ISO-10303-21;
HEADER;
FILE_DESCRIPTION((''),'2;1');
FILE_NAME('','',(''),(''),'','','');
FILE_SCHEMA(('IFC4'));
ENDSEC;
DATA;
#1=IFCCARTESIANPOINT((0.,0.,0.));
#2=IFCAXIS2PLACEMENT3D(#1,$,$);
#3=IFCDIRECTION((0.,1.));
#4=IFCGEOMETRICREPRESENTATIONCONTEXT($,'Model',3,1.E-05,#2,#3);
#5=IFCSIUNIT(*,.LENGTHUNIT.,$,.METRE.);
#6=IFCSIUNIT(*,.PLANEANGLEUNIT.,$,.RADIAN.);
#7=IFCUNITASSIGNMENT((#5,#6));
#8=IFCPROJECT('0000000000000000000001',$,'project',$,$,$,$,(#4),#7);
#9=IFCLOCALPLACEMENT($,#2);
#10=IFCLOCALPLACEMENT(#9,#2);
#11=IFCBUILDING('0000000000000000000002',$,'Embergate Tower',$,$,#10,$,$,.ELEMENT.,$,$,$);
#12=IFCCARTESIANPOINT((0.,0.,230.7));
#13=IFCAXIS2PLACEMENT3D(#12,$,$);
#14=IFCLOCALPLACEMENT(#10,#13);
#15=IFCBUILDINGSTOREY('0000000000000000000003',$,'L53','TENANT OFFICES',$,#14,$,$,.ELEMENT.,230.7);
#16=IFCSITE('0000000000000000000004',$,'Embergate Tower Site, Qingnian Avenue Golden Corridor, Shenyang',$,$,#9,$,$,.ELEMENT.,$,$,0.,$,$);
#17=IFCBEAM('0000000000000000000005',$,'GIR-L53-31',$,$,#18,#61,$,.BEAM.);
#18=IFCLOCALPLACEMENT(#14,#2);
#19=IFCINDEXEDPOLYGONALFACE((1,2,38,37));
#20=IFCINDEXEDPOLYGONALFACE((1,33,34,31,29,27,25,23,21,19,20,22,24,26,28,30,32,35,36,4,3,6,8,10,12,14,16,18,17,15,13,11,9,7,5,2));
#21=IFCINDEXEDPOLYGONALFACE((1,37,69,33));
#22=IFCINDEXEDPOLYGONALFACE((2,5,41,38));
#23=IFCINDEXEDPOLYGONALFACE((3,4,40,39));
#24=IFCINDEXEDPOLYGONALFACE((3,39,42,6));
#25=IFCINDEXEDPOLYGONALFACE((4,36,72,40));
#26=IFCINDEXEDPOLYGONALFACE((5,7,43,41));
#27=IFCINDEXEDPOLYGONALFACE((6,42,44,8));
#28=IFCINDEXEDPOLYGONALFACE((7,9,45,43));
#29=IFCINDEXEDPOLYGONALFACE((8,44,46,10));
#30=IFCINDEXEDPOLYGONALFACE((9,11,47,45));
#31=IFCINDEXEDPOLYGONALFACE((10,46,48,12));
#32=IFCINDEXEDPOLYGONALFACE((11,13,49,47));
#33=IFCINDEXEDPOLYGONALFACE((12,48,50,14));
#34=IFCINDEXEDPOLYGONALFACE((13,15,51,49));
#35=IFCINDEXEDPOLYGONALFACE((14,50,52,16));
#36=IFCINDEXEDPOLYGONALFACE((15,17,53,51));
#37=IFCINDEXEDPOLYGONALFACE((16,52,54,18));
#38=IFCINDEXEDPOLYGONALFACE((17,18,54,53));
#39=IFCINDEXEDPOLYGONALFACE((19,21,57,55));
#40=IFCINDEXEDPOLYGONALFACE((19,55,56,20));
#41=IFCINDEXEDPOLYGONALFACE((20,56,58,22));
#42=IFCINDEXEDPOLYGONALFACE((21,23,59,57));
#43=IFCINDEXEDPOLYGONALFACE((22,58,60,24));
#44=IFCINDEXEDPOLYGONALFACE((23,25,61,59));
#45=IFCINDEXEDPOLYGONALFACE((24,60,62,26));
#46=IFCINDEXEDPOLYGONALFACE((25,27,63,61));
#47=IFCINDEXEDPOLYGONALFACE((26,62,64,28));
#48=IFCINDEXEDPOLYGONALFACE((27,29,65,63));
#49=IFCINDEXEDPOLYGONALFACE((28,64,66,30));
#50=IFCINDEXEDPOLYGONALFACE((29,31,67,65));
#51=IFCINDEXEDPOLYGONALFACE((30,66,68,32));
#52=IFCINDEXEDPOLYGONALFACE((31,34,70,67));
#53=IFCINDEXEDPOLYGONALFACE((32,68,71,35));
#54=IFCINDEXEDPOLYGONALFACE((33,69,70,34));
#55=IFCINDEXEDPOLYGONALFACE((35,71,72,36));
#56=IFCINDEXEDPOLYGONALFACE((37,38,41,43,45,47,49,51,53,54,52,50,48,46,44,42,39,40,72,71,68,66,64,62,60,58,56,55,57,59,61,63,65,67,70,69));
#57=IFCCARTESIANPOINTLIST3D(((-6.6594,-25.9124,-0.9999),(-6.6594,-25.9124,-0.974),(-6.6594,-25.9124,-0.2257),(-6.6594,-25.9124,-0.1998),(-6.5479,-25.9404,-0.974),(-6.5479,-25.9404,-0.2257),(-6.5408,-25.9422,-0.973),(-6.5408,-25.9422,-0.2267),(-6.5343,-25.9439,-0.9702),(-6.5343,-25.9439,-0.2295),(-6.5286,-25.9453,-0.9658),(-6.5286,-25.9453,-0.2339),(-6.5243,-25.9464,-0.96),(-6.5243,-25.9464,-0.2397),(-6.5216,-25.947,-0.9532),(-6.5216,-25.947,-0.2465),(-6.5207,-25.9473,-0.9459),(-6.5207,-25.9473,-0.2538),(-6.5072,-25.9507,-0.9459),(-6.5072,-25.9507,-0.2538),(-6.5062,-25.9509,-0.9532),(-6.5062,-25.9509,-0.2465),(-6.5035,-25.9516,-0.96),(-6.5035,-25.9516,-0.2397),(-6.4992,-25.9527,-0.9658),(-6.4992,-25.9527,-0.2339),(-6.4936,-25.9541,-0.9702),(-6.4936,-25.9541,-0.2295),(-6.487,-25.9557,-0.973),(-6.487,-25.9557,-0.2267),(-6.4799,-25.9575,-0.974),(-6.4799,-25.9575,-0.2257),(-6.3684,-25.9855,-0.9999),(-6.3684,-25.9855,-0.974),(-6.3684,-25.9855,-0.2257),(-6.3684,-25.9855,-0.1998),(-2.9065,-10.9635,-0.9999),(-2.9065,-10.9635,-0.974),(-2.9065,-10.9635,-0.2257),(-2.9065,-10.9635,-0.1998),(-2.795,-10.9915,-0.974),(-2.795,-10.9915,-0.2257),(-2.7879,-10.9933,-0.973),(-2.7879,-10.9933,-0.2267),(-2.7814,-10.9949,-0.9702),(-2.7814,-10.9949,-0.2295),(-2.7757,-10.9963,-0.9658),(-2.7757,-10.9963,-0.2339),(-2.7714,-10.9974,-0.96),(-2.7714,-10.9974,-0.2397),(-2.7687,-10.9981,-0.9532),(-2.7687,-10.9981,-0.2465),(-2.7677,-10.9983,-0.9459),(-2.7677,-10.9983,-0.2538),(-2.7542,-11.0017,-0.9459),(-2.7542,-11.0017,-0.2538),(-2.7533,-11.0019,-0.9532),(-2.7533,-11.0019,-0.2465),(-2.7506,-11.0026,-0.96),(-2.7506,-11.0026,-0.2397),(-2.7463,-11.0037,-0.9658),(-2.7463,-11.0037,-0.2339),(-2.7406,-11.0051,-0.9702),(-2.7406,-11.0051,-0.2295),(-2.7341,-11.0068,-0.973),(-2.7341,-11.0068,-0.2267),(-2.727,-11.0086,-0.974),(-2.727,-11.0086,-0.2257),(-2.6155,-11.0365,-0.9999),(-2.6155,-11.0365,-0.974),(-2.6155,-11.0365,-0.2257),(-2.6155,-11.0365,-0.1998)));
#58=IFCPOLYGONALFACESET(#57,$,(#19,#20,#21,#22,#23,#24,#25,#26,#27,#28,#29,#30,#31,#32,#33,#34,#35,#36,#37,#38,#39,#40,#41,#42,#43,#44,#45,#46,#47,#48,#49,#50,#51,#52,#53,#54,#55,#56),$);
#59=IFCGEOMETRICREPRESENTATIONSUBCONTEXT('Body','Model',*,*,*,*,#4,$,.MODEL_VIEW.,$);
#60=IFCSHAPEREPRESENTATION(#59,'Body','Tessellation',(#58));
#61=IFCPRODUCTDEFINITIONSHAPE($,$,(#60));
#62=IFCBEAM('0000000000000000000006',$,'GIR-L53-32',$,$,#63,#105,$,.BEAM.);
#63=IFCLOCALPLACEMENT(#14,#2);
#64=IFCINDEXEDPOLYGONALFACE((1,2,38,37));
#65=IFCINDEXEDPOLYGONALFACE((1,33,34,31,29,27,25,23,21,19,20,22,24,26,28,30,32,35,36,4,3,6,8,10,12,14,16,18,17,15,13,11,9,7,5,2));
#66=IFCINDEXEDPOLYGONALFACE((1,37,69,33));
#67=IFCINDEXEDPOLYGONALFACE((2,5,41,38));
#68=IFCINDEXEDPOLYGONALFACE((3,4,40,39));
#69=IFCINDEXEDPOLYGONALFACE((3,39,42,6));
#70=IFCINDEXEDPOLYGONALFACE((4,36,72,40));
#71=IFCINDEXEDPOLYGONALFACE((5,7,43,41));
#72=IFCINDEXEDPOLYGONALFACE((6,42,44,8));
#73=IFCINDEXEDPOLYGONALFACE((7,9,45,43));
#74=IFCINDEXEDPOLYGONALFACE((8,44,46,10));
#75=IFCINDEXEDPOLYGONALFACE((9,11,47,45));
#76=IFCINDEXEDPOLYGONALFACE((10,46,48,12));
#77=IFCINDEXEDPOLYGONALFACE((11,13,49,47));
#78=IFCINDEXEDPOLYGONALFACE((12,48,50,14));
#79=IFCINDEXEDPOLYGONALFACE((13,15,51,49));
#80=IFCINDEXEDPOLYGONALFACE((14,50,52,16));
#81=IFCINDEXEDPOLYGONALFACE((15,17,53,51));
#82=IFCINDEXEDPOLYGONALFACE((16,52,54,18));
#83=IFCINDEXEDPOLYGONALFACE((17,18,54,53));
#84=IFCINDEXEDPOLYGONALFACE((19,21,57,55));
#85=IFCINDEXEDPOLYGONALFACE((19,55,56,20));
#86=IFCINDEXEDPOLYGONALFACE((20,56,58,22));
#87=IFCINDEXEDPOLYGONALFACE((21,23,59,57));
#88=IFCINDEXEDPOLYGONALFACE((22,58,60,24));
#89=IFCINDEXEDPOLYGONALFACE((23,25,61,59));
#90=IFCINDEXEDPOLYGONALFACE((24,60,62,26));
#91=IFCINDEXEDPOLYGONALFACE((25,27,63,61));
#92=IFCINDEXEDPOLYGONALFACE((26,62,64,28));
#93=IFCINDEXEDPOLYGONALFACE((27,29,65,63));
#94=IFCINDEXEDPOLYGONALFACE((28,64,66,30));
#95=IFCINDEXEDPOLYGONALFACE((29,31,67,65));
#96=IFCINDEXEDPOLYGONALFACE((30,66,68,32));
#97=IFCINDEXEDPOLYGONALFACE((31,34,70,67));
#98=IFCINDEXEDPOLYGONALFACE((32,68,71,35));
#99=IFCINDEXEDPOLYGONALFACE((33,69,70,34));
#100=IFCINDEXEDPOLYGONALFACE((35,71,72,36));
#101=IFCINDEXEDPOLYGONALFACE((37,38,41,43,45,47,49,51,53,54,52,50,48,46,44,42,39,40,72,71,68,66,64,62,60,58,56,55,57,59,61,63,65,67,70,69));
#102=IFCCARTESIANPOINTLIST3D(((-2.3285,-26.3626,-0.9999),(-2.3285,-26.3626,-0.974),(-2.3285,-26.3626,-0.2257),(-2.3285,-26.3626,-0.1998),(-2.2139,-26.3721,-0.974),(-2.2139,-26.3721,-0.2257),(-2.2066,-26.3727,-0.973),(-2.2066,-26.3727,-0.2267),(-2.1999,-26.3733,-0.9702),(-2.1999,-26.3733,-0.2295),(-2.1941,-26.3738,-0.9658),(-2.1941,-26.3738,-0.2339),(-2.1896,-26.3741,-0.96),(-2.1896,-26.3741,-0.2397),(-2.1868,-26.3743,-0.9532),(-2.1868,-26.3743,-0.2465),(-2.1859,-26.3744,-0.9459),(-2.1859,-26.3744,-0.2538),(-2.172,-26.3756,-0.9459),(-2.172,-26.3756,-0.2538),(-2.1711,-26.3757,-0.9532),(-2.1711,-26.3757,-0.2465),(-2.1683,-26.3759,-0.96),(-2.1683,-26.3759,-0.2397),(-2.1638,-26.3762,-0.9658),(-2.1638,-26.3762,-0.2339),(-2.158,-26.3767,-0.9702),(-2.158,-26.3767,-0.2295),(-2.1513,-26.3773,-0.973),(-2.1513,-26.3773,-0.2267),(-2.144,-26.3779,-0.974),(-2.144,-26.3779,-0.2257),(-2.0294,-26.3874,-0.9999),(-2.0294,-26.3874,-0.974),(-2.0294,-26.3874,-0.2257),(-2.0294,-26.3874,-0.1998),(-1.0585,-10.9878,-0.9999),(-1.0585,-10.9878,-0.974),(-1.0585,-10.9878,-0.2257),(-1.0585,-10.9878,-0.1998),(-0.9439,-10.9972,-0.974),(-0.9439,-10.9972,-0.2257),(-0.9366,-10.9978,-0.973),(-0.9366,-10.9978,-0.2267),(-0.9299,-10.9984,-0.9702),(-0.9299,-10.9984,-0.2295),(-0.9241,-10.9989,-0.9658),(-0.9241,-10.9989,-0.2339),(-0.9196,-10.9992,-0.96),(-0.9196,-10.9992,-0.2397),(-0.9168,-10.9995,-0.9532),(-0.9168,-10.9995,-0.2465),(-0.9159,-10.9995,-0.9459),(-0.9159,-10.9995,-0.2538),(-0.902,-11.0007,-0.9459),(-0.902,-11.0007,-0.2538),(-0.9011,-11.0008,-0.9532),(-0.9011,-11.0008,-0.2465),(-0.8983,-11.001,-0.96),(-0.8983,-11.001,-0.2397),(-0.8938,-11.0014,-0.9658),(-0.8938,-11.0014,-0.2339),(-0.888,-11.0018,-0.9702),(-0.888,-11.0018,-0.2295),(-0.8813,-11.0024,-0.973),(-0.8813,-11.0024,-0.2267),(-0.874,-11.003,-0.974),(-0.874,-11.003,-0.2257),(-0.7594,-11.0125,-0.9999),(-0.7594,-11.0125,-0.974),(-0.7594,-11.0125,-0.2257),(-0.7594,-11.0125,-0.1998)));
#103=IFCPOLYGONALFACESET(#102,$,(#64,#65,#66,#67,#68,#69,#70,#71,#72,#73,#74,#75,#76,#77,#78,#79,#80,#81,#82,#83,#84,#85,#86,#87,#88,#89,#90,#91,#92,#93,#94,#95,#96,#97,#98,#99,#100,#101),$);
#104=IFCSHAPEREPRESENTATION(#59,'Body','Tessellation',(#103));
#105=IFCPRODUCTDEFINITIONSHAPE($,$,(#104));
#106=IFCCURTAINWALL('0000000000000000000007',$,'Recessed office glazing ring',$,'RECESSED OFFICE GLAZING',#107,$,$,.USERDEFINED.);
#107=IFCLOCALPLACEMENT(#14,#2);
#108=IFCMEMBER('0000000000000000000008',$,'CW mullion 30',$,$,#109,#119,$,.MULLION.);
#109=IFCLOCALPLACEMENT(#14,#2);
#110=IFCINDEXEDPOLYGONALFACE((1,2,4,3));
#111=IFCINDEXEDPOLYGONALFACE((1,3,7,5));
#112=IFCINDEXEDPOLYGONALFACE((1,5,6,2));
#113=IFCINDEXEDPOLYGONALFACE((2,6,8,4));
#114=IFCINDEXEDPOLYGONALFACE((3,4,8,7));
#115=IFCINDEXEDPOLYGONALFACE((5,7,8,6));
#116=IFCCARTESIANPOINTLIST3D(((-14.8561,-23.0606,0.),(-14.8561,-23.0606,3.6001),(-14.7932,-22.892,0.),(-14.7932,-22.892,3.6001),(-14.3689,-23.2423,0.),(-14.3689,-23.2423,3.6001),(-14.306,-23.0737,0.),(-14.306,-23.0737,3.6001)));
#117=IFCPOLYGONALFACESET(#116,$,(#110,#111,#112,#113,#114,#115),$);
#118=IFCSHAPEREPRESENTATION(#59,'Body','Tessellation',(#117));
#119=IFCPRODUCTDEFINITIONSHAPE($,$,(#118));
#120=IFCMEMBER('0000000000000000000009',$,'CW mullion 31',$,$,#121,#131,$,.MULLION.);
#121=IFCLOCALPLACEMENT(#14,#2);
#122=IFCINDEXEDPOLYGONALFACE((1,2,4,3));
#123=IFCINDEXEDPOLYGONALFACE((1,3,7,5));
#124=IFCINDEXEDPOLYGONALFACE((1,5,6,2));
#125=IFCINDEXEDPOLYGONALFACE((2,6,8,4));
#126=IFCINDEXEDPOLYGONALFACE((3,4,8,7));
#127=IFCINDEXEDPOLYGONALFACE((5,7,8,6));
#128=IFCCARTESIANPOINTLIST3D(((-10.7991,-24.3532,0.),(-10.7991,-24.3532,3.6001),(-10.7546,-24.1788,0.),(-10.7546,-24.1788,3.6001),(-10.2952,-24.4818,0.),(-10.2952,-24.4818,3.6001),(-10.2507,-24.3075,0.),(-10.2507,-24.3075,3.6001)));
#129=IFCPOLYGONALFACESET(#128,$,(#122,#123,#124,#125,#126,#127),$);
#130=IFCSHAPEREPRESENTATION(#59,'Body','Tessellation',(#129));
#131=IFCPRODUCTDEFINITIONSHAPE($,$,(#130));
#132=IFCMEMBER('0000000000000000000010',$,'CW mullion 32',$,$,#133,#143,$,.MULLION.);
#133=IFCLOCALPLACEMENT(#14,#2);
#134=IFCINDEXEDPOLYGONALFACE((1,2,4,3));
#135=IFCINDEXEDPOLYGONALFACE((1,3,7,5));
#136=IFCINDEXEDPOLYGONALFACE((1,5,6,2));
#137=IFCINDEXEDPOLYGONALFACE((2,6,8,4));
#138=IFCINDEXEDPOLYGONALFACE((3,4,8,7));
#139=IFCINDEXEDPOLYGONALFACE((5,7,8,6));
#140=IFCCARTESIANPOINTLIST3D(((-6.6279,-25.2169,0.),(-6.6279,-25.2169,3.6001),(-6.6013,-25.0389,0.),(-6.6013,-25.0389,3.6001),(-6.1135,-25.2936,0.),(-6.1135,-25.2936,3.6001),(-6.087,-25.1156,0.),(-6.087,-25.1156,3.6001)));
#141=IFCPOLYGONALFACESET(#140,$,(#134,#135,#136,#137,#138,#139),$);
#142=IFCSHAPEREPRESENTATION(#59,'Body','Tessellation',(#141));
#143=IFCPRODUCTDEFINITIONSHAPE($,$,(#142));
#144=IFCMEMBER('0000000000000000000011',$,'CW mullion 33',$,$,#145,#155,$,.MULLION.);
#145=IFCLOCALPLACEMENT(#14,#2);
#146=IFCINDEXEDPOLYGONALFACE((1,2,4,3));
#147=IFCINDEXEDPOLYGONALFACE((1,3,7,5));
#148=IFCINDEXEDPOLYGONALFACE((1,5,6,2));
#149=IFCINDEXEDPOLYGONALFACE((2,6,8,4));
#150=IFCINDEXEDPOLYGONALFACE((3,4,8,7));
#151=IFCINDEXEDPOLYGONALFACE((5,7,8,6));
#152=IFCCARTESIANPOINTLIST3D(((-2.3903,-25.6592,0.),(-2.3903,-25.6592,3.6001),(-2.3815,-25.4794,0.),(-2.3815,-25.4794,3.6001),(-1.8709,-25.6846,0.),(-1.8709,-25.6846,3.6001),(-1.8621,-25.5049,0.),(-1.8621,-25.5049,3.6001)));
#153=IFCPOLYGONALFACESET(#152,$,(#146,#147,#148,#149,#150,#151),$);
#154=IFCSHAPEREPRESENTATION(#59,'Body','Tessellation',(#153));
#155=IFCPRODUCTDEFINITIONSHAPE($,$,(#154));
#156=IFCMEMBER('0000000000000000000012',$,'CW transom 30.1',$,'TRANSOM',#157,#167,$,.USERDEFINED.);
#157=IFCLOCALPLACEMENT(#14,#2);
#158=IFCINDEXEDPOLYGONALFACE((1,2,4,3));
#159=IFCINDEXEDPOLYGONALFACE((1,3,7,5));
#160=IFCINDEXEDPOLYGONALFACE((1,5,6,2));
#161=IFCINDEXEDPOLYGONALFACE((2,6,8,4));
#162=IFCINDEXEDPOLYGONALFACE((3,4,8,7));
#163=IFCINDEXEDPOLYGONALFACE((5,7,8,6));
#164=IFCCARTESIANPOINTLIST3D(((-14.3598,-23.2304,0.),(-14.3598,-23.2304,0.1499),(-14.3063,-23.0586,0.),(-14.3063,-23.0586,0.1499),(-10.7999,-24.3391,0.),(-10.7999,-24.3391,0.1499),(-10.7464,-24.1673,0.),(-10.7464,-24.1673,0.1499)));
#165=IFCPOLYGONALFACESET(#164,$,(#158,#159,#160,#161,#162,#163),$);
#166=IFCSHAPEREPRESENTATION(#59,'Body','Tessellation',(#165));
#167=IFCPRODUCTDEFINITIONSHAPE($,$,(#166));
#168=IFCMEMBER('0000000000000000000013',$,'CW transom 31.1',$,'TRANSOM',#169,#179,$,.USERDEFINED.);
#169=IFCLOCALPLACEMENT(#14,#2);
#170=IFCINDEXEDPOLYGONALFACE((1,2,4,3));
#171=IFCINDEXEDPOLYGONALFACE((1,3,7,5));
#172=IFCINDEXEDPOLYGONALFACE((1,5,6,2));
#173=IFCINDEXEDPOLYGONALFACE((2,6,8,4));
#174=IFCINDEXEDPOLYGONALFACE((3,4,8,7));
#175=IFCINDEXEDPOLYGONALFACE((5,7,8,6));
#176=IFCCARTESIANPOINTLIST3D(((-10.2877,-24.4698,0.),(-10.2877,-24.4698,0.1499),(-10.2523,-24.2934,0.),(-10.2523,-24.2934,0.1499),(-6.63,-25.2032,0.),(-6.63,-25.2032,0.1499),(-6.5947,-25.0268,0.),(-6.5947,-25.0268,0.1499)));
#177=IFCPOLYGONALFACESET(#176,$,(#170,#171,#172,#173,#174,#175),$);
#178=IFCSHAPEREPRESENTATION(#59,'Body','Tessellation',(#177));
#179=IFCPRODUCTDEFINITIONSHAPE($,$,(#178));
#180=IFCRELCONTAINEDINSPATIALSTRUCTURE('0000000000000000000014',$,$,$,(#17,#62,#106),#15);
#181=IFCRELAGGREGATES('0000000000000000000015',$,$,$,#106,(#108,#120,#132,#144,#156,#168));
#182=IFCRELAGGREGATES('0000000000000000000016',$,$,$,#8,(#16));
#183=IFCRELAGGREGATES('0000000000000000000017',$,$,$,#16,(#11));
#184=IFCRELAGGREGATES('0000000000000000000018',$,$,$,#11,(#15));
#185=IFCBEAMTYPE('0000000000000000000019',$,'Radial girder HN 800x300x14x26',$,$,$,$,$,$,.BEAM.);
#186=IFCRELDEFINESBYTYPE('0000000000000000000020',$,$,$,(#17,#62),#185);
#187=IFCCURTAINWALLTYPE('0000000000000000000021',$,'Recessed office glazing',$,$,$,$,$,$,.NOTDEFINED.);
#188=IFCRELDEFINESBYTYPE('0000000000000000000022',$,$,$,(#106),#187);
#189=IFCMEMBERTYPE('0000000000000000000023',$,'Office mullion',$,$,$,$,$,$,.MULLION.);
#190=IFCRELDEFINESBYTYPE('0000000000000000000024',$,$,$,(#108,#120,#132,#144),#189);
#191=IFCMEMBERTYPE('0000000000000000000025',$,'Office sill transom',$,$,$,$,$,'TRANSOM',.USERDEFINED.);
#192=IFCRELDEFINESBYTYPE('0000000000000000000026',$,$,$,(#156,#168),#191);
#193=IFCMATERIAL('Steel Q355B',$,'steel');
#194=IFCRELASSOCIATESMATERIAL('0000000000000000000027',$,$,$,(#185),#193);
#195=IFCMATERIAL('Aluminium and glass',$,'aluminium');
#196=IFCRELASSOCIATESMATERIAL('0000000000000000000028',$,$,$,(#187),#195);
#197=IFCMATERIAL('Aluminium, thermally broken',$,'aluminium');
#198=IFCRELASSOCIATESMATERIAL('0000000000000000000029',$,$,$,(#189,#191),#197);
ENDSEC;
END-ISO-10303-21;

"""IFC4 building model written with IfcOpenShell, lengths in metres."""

from ifc_helpers import new_model, si_unit, direction, frame, origin, origin_2d, place, context, subcontext, project, spatial, rectangle, i_section, extrude, source, transform, mapped, material, material_profile, profile_set, type_object, element, aggregate, save


model = new_model("IFC4")

# Units and contexts
model_context = context("Model", 3, precision=1e-05, world=origin(), true_north=direction((0.0, 1.0)))
body_context = subcontext(model_context, "Body", "Model", "MODEL_VIEW")
ifc_project = project(units=[si_unit("LENGTHUNIT", "METRE"), si_unit("PLANEANGLEUNIT", "RADIAN")], contexts=[model_context])

# Site, building, storey
site_placement = place(None, origin())
site = spatial("IfcSite", under=ifc_project, at=site_placement, Name="Embergate Tower Site, Qingnian Avenue Golden Corridor, Shenyang", CompositionType="ELEMENT", RefElevation=0.0)
building_placement = place(site_placement, origin())
building = spatial("IfcBuilding", under=site, at=building_placement, Name="Embergate Tower", CompositionType="ELEMENT")
storey_placement = place(building_placement, frame((0.0, 0.0, 230.7)))
storey = spatial("IfcBuildingStorey", under=building, at=storey_placement, Name="L53", Description="TENANT OFFICES", CompositionType="ELEMENT", Elevation=230.7)

# Beams
ifc_material_1 = material(Name="Steel Q355B", Category="steel")
ifc_material_profile_1 = material_profile(ifc_material_1, i_section(OverallWidth=0.3, OverallDepth=0.8, WebThickness=0.0139, FlangeThickness=0.0259, FilletRadius=0.0281, at=origin_2d()), Name="HN 800x300x14x26")
ifc_profile_set_1 = profile_set([ifc_material_profile_1], Name="Steel Q355 grade B")
beam_type_1 = type_object("IfcBeamType", Name="Radial girder HN 800x300x14x26", PredefinedType="BEAM", material=ifc_profile_set_1)
shared_shape_1 = source(origin(), body_context, "Body", "SweptSolid", [
    extrude(i_section(OverallWidth=0.3, OverallDepth=0.8, WebThickness=0.0139, FlangeThickness=0.0259, FilletRadius=0.0281, at=origin_2d()), origin(), (0.0, 0.0, 1.0), 15.4128),
])
beam_1_placement = place(storey_placement, frame((-6.5139, -25.949, -0.5999), z_axis=(0.243493, 0.969903, 0.0), x_axis=(-0.969903, 0.243493, 0.0)))
element("IfcBeam", 1, at=beam_1_placement, inside=storey, type_object=beam_type_1, Name="GIR-L53-31", PredefinedType="BEAM", context=body_context, shape_type="MappedRepresentation", body=[
    mapped(shared_shape_1, transform((0.0, 0.0, 0.0))),
])
shared_shape_2 = source(origin(), body_context, "Body", "SweptSolid", [
    extrude(i_section(OverallWidth=0.3, OverallDepth=0.8, WebThickness=0.0139, FlangeThickness=0.0259, FilletRadius=0.0281, at=origin_2d()), origin(), (0.0, 0.0, 1.0), 15.4272),
])
beam_2_placement = place(storey_placement, frame((-2.179, -26.375, -0.5999), z_axis=(0.082323, 0.996606, 0.0), x_axis=(-0.996606, 0.082323, 0.0)))
element("IfcBeam", 2, at=beam_2_placement, inside=storey, type_object=beam_type_1, Name="GIR-L53-32", PredefinedType="BEAM", context=body_context, shape_type="MappedRepresentation", body=[
    mapped(shared_shape_2, transform((0.0, 0.0, 0.0))),
])

# Curtain wall, members
ifc_material_2 = material(Name="Aluminium and glass", Category="aluminium")
curtain_wall_type = type_object("IfcCurtainWallType", Name="Recessed office glazing", PredefinedType="NOTDEFINED", material=ifc_material_2)
curtain_wall_placement = place(storey_placement, origin())
curtain_wall = element("IfcCurtainWall", 3, at=curtain_wall_placement, inside=storey, type_object=curtain_wall_type, Name="Recessed office glazing ring", ObjectType="RECESSED OFFICE GLAZING", PredefinedType="USERDEFINED")
ifc_material_3 = material(Name="Aluminium, thermally broken", Category="aluminium")
ifc_material_profile_2 = material_profile(ifc_material_3, rectangle(XDim=0.1799, YDim=0.52, at=origin_2d()), Name="AL 520x180")
ifc_profile_set_2 = profile_set([ifc_material_profile_2], Name="Aluminium, thermally broken")
member_type_1 = type_object("IfcMemberType", Name="Office mullion", PredefinedType="MULLION", material=ifc_profile_set_2)
shared_shape_3 = source(origin(), body_context, "Body", "SweptSolid", [
    extrude(rectangle(XDim=0.1799, YDim=0.52, at=origin_2d()), origin(), (0.0, 0.0, 1.0), 3.6001),
])
member_1_placement = place(storey_placement, frame((-14.5811, -23.0671, 0.0), z_axis=(0.0, 0.0, 1.0), x_axis=(0.349493, 0.936939, 0.0)))
member_1 = element("IfcMember", 4, at=member_1_placement, type_object=member_type_1, Name="CW mullion 30", PredefinedType="MULLION", context=body_context, shape_type="MappedRepresentation", body=[
    mapped(shared_shape_3, transform((0.0, 0.0, 0.0))),
])
member_2_placement = place(storey_placement, frame((-10.5249, -24.3303, 0.0), z_axis=(0.0, 0.0, 1.0), x_axis=(0.247305, 0.968938, 0.0)))
member_2 = element("IfcMember", 5, at=member_2_placement, type_object=member_type_1, Name="CW mullion 31", PredefinedType="MULLION", context=body_context, shape_type="MappedRepresentation", body=[
    mapped(shared_shape_3, transform((0.0, 0.0, 0.0))),
])
member_3_placement = place(storey_placement, frame((-6.3574, -25.1663, 0.0), z_axis=(0.0, 0.0, 1.0), x_axis=(0.147407, 0.989076, 0.0)))
member_3 = element("IfcMember", 6, at=member_3_placement, type_object=member_type_1, Name="CW mullion 32", PredefinedType="MULLION", context=body_context, shape_type="MappedRepresentation", body=[
    mapped(shared_shape_3, transform((0.0, 0.0, 0.0))),
])
member_4_placement = place(storey_placement, frame((-2.1262, -25.582, 0.0), z_axis=(0.0, 0.0, 1.0), x_axis=(0.04897, 0.9988, 0.0)))
member_4 = element("IfcMember", 7, at=member_4_placement, type_object=member_type_1, Name="CW mullion 33", PredefinedType="MULLION", context=body_context, shape_type="MappedRepresentation", body=[
    mapped(shared_shape_3, transform((0.0, 0.0, 0.0))),
])
ifc_material_profile_3 = material_profile(ifc_material_3, rectangle(XDim=0.1799, YDim=0.1499, at=origin_2d()), Name="AL 150x180")
ifc_profile_set_3 = profile_set([ifc_material_profile_3], Name="Aluminium, thermally broken")
member_type_2 = type_object("IfcMemberType", Name="Office sill transom", ElementType="TRANSOM", PredefinedType="USERDEFINED", material=ifc_profile_set_3)
shared_shape_4 = source(origin(), body_context, "Body", "SweptSolid", [
    extrude(rectangle(XDim=0.1799, YDim=0.1499, at=origin_2d()), origin(), (0.0, 0.0, 1.0), 3.7285),
])
member_5_placement = place(storey_placement, frame((-14.333, -23.1445, 0.075), z_axis=(0.95477, -0.297346, 0.0), x_axis=(0.297346, 0.95477, 0.0)))
member_5 = element("IfcMember", 8, at=member_5_placement, type_object=member_type_2, Name="CW transom 30.1", ObjectType="TRANSOM", PredefinedType="USERDEFINED", context=body_context, shape_type="MappedRepresentation", body=[
    mapped(shared_shape_4, transform((0.0, 0.0, 0.0))),
])
shared_shape_5 = source(origin(), body_context, "Body", "SweptSolid", [
    extrude(rectangle(XDim=0.1799, YDim=0.1499, at=origin_2d()), origin(), (0.0, 0.0, 1.0), 3.7305),
])
member_6_placement = place(storey_placement, frame((-10.27, -24.3816, 0.075), z_axis=(0.980485, -0.196594, 0.0), x_axis=(0.196594, 0.980485, 0.0)))
member_6 = element("IfcMember", 9, at=member_6_placement, type_object=member_type_2, Name="CW transom 31.1", ObjectType="TRANSOM", PredefinedType="USERDEFINED", context=body_context, shape_type="MappedRepresentation", body=[
    mapped(shared_shape_5, transform((0.0, 0.0, 0.0))),
])

aggregate(curtain_wall, [member_1, member_2, member_3, member_4, member_5, member_6])

save(model, "model.ifc")
